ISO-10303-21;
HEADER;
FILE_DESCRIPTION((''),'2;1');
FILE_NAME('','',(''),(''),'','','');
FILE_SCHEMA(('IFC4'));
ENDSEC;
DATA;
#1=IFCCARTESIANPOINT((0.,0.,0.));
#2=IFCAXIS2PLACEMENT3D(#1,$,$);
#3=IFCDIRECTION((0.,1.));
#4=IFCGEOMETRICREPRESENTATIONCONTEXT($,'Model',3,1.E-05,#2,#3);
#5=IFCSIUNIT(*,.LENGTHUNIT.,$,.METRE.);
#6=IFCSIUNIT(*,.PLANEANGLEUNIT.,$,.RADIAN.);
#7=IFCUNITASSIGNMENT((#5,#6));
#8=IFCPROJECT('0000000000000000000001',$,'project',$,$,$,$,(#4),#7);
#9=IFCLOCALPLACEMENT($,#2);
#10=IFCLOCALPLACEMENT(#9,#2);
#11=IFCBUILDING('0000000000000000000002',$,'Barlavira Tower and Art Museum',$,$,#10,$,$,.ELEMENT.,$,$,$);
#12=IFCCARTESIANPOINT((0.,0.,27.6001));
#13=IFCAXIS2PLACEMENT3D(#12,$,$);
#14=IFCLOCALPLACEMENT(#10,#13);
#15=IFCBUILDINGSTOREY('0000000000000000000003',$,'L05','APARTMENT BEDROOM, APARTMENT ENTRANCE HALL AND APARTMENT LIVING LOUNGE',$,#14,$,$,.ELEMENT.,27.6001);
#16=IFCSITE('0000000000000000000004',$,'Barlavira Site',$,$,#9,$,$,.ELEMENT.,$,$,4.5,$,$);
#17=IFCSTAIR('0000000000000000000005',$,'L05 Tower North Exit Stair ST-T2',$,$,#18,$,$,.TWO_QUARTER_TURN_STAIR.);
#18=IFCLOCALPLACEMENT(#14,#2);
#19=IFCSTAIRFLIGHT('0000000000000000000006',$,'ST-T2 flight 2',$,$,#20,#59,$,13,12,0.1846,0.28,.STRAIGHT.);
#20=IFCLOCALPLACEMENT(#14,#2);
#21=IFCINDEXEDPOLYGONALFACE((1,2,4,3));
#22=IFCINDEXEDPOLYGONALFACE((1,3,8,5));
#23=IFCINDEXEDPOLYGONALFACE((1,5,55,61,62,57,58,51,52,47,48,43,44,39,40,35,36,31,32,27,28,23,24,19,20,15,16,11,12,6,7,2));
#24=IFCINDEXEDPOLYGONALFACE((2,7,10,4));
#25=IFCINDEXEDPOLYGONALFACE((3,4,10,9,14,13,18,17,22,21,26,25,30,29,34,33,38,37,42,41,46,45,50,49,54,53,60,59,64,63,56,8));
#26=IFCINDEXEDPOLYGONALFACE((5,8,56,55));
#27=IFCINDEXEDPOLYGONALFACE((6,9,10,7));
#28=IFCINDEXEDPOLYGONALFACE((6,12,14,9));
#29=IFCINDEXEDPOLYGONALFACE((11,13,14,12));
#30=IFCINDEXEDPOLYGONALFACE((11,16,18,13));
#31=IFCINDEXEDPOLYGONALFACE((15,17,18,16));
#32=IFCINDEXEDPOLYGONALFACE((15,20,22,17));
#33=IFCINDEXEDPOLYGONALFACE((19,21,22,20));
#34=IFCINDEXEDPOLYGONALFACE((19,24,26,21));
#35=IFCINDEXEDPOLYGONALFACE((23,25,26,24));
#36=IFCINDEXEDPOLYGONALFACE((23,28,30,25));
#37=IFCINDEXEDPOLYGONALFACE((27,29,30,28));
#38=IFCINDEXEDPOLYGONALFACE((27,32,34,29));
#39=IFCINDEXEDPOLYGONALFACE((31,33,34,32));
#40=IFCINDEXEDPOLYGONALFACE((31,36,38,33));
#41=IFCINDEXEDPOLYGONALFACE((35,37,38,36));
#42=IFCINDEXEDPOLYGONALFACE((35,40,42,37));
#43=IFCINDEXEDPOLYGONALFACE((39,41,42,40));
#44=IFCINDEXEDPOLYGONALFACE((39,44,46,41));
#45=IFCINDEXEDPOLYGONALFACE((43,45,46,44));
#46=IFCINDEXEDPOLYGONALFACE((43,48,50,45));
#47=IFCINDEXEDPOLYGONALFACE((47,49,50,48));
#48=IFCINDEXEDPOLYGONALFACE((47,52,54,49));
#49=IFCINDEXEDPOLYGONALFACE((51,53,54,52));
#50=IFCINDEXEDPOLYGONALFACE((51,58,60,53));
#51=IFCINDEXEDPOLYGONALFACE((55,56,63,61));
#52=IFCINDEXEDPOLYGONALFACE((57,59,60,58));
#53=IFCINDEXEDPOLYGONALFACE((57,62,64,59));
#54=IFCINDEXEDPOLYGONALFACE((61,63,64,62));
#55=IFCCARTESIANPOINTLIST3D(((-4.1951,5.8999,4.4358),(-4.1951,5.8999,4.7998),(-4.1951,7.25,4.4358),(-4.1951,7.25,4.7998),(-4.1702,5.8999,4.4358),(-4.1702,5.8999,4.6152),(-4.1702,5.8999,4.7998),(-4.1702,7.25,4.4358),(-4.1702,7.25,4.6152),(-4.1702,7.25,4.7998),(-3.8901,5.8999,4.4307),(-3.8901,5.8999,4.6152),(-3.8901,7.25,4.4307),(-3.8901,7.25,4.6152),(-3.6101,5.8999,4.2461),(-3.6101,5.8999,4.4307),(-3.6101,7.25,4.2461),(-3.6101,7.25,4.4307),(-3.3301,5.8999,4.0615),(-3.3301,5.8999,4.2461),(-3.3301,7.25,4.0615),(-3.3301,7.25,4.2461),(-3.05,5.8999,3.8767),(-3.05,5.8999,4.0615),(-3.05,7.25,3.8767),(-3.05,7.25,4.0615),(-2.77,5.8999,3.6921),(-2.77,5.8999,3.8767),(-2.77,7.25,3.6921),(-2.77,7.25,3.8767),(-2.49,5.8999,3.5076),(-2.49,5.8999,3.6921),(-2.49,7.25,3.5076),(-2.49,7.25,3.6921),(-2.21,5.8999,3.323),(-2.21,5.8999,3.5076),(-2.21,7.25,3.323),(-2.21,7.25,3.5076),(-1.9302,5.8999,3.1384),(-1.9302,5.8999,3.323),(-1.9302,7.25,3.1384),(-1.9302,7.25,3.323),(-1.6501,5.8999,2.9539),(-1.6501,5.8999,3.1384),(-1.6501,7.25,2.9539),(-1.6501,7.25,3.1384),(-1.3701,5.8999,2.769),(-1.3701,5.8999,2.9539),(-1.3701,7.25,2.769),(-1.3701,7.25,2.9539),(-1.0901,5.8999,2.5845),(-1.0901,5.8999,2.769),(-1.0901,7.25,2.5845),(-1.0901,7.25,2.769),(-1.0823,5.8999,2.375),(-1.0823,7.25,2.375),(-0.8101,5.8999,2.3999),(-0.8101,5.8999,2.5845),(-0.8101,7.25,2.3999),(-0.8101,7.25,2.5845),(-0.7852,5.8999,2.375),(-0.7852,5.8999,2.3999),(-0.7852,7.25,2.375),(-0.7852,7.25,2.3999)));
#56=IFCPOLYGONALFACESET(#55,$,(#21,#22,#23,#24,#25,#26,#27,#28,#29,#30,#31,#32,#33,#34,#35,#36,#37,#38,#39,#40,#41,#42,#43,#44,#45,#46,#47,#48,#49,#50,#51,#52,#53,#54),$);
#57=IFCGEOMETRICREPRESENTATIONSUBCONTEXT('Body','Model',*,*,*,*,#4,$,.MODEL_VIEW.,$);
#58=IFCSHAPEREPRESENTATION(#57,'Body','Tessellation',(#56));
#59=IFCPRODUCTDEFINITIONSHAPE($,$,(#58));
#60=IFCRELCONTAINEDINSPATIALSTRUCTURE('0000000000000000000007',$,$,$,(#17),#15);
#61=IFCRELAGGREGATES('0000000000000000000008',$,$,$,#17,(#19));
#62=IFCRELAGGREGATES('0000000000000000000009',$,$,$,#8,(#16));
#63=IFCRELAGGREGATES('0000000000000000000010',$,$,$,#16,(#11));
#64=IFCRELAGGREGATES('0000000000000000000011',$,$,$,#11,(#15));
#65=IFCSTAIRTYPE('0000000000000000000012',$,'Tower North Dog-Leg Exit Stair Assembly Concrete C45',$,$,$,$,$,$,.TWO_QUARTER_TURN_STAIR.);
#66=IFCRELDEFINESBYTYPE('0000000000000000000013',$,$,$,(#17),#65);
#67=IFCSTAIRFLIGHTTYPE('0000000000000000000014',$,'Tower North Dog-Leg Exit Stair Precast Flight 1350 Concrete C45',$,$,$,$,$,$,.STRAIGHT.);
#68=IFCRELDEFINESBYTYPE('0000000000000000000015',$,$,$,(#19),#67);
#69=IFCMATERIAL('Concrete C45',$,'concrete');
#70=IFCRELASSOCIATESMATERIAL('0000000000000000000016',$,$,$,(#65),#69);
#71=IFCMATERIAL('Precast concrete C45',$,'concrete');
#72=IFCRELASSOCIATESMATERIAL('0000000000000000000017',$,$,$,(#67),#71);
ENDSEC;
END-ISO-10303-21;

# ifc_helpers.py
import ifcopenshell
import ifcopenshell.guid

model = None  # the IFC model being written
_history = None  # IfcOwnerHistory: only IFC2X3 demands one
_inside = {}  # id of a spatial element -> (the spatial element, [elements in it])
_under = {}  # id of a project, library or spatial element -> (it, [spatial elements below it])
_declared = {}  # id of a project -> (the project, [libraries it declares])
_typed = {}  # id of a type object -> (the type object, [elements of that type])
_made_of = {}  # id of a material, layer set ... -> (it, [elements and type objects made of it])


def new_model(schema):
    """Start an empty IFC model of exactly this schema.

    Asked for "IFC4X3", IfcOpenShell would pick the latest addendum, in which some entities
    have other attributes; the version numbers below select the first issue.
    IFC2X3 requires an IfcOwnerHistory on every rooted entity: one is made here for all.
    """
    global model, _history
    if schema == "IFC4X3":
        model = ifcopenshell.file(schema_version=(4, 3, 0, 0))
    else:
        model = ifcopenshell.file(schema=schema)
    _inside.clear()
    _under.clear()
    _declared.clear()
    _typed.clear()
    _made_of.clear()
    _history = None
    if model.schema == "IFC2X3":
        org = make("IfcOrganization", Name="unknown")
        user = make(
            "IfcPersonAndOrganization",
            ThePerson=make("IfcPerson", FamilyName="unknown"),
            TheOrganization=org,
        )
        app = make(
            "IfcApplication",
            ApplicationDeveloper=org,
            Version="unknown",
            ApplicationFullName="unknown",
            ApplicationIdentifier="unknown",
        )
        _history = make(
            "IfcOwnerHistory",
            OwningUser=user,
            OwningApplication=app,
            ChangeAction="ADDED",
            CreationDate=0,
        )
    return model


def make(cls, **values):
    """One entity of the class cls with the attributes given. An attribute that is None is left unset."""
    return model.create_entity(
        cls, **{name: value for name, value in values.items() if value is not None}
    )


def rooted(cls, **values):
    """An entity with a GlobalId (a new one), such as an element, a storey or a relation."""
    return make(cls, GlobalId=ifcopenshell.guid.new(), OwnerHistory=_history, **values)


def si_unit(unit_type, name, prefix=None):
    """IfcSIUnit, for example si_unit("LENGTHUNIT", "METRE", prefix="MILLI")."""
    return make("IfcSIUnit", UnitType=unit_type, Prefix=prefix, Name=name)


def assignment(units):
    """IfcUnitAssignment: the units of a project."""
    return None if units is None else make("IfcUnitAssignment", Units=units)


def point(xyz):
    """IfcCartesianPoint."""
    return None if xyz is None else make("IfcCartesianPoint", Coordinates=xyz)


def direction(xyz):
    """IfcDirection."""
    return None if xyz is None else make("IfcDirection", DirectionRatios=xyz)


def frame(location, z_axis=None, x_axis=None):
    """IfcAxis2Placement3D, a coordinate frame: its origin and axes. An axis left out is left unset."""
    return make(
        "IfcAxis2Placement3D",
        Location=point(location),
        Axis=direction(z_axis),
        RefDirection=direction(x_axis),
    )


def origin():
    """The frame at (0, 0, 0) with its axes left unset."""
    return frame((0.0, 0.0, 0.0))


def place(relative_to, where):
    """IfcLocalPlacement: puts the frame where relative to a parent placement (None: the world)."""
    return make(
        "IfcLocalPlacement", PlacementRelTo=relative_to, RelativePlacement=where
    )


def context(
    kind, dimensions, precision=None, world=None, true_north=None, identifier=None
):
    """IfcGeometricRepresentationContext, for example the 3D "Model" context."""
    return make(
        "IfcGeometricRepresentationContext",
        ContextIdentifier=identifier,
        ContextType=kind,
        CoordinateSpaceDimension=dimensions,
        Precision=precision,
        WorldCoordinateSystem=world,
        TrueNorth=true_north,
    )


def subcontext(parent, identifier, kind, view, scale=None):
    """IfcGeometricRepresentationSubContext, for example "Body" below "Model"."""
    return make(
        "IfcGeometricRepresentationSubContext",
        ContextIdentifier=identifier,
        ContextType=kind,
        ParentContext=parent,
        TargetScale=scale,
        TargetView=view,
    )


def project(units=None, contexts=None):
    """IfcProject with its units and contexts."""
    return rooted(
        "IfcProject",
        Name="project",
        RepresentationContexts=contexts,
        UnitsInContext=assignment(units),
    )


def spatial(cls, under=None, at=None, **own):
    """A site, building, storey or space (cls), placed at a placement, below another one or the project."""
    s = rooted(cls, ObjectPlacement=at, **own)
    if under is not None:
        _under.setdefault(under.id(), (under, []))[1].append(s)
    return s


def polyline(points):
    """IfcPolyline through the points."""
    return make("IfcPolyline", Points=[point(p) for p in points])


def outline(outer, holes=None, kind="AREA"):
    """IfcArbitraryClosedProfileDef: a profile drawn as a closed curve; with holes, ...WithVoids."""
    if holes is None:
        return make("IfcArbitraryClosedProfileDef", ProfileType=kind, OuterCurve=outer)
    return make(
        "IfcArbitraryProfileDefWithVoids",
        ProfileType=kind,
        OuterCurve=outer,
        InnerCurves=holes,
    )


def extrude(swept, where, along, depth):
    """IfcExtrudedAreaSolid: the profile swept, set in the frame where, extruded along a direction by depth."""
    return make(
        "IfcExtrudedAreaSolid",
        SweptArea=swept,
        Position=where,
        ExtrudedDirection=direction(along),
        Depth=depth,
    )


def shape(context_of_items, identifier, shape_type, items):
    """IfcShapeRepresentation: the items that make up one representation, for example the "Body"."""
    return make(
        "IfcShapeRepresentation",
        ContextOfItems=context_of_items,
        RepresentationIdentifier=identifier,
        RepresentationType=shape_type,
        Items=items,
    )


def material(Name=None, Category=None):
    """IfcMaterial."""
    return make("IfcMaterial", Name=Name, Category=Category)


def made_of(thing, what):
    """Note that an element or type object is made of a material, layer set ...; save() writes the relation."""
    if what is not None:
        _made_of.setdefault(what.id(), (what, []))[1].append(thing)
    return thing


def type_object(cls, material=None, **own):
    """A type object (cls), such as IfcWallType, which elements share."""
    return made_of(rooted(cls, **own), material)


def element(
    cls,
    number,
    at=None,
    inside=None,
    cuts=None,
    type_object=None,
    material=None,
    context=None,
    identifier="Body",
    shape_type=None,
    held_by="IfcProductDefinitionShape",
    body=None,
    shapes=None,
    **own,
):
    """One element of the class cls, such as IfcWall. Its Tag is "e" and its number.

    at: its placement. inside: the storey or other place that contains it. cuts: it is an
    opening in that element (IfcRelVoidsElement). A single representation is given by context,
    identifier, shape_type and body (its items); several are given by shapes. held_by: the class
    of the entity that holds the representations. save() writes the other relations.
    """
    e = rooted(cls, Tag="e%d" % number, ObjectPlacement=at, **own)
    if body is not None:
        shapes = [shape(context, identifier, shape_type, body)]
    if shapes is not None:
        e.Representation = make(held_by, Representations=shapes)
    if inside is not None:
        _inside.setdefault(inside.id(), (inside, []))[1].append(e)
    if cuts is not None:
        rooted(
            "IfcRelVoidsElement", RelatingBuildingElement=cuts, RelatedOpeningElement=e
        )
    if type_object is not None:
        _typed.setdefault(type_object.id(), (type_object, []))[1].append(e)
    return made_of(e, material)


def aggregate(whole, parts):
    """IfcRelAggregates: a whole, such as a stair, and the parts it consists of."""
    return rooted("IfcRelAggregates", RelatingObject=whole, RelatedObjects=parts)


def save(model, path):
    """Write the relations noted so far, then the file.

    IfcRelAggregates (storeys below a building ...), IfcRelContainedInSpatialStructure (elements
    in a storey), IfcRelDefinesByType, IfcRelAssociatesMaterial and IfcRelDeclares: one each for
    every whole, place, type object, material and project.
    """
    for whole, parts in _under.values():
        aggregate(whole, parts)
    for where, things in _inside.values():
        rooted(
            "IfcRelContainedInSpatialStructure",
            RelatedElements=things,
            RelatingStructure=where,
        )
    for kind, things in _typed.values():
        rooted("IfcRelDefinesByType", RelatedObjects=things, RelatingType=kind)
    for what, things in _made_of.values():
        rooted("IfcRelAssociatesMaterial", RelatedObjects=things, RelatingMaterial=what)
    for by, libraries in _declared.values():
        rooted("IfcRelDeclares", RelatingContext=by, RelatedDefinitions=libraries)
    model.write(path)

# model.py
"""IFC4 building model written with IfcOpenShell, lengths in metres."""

from ifc_helpers import new_model, si_unit, direction, frame, origin, place, context, subcontext, project, spatial, polyline, outline, extrude, material, type_object, element, aggregate, save


model = new_model("IFC4")

# Units and contexts
model_context = context("Model", 3, precision=1e-05, world=origin(), true_north=direction((0.0, 1.0)))
body_context = subcontext(model_context, "Body", "Model", "MODEL_VIEW")
ifc_project = project(units=[si_unit("LENGTHUNIT", "METRE"), si_unit("PLANEANGLEUNIT", "RADIAN")], contexts=[model_context])

# Site, building, storey
site_placement = place(None, origin())
site = spatial("IfcSite", under=ifc_project, at=site_placement, Name="Barlavira Site", CompositionType="ELEMENT", RefElevation=4.5)
building_placement = place(site_placement, origin())
building = spatial("IfcBuilding", under=site, at=building_placement, Name="Barlavira Tower and Art Museum", CompositionType="ELEMENT")
storey_placement = place(building_placement, frame((0.0, 0.0, 27.6001)))
storey = spatial("IfcBuildingStorey", under=building, at=storey_placement, Name="L05", Description="APARTMENT BEDROOM, APARTMENT ENTRANCE HALL AND APARTMENT LIVING LOUNGE", CompositionType="ELEMENT", Elevation=27.6001)

# Stair
ifc_material_1 = material(Name="Concrete C45", Category="concrete")
stair_type_1 = type_object("IfcStairType", Name="Tower North Dog-Leg Exit Stair Assembly Concrete C45", PredefinedType="TWO_QUARTER_TURN_STAIR", material=ifc_material_1)
stair_1_placement = place(storey_placement, origin())
stair_1 = element("IfcStair", 1, at=stair_1_placement, inside=storey, type_object=stair_type_1, Name="L05 Tower North Exit Stair ST-T2", PredefinedType="TWO_QUARTER_TURN_STAIR")

# Stair flight
ifc_material_2 = material(Name="Precast concrete C45", Category="concrete")
stair_flight_type = type_object("IfcStairFlightType", Name="Tower North Dog-Leg Exit Stair Precast Flight 1350 Concrete C45", PredefinedType="STRAIGHT", material=ifc_material_2)
stair_flight_1_placement = place(storey_placement, frame((-0.8101, 6.575, 2.3999), z_axis=(0.0, 0.0, 1.0), x_axis=(-1.0, 0.0, 0.0)))
stair_flight_1 = element("IfcStairFlight", 2, at=stair_flight_1_placement, type_object=stair_flight_type, Name="ST-T2 flight 2", NumberOfRisers=13, NumberOfTreads=12, PredefinedType="STRAIGHT", RiserHeight=0.1846, TreadLength=0.28, context=body_context, shape_type="SweptSolid", body=[
    extrude(outline(polyline([(-0.0249, 0.0), (0.0, 0.0), (0.0, 0.1846), (0.28, 0.1846), (0.28, 0.3691), (0.5601, 0.3691), (0.5601, 0.554), (0.8401, 0.554), (0.8401, 0.7385), (1.1201, 0.7385), (1.1201, 0.9231), (1.3999, 0.9231), (1.3999, 1.1077), (1.6799, 1.1077), (1.6799, 1.2922), (1.96, 1.2922), (1.96, 1.4768), (2.24, 1.4768), (2.24, 1.6616), (2.52, 1.6616), (2.52, 1.8462), (2.8, 1.8462), (2.8, 2.0308), (3.0801, 2.0308), (3.0801, 2.2153), (3.3601, 2.2153), (3.3601, 2.3999), (3.385, 2.3999), (3.385, 2.0359), (3.3601, 2.0359), (0.2722, -0.0249), (-0.0249, -0.0249), (-0.0249, 0.0)])), frame((0.0, 0.675, 0.0), z_axis=(0.0, -1.0, 0.0), x_axis=(1.0, 0.0, 0.0)), (0.0, 0.0, 1.0), 1.3501),
])
aggregate(stair_1, [stair_flight_1])

save(model, "model.ifc")
